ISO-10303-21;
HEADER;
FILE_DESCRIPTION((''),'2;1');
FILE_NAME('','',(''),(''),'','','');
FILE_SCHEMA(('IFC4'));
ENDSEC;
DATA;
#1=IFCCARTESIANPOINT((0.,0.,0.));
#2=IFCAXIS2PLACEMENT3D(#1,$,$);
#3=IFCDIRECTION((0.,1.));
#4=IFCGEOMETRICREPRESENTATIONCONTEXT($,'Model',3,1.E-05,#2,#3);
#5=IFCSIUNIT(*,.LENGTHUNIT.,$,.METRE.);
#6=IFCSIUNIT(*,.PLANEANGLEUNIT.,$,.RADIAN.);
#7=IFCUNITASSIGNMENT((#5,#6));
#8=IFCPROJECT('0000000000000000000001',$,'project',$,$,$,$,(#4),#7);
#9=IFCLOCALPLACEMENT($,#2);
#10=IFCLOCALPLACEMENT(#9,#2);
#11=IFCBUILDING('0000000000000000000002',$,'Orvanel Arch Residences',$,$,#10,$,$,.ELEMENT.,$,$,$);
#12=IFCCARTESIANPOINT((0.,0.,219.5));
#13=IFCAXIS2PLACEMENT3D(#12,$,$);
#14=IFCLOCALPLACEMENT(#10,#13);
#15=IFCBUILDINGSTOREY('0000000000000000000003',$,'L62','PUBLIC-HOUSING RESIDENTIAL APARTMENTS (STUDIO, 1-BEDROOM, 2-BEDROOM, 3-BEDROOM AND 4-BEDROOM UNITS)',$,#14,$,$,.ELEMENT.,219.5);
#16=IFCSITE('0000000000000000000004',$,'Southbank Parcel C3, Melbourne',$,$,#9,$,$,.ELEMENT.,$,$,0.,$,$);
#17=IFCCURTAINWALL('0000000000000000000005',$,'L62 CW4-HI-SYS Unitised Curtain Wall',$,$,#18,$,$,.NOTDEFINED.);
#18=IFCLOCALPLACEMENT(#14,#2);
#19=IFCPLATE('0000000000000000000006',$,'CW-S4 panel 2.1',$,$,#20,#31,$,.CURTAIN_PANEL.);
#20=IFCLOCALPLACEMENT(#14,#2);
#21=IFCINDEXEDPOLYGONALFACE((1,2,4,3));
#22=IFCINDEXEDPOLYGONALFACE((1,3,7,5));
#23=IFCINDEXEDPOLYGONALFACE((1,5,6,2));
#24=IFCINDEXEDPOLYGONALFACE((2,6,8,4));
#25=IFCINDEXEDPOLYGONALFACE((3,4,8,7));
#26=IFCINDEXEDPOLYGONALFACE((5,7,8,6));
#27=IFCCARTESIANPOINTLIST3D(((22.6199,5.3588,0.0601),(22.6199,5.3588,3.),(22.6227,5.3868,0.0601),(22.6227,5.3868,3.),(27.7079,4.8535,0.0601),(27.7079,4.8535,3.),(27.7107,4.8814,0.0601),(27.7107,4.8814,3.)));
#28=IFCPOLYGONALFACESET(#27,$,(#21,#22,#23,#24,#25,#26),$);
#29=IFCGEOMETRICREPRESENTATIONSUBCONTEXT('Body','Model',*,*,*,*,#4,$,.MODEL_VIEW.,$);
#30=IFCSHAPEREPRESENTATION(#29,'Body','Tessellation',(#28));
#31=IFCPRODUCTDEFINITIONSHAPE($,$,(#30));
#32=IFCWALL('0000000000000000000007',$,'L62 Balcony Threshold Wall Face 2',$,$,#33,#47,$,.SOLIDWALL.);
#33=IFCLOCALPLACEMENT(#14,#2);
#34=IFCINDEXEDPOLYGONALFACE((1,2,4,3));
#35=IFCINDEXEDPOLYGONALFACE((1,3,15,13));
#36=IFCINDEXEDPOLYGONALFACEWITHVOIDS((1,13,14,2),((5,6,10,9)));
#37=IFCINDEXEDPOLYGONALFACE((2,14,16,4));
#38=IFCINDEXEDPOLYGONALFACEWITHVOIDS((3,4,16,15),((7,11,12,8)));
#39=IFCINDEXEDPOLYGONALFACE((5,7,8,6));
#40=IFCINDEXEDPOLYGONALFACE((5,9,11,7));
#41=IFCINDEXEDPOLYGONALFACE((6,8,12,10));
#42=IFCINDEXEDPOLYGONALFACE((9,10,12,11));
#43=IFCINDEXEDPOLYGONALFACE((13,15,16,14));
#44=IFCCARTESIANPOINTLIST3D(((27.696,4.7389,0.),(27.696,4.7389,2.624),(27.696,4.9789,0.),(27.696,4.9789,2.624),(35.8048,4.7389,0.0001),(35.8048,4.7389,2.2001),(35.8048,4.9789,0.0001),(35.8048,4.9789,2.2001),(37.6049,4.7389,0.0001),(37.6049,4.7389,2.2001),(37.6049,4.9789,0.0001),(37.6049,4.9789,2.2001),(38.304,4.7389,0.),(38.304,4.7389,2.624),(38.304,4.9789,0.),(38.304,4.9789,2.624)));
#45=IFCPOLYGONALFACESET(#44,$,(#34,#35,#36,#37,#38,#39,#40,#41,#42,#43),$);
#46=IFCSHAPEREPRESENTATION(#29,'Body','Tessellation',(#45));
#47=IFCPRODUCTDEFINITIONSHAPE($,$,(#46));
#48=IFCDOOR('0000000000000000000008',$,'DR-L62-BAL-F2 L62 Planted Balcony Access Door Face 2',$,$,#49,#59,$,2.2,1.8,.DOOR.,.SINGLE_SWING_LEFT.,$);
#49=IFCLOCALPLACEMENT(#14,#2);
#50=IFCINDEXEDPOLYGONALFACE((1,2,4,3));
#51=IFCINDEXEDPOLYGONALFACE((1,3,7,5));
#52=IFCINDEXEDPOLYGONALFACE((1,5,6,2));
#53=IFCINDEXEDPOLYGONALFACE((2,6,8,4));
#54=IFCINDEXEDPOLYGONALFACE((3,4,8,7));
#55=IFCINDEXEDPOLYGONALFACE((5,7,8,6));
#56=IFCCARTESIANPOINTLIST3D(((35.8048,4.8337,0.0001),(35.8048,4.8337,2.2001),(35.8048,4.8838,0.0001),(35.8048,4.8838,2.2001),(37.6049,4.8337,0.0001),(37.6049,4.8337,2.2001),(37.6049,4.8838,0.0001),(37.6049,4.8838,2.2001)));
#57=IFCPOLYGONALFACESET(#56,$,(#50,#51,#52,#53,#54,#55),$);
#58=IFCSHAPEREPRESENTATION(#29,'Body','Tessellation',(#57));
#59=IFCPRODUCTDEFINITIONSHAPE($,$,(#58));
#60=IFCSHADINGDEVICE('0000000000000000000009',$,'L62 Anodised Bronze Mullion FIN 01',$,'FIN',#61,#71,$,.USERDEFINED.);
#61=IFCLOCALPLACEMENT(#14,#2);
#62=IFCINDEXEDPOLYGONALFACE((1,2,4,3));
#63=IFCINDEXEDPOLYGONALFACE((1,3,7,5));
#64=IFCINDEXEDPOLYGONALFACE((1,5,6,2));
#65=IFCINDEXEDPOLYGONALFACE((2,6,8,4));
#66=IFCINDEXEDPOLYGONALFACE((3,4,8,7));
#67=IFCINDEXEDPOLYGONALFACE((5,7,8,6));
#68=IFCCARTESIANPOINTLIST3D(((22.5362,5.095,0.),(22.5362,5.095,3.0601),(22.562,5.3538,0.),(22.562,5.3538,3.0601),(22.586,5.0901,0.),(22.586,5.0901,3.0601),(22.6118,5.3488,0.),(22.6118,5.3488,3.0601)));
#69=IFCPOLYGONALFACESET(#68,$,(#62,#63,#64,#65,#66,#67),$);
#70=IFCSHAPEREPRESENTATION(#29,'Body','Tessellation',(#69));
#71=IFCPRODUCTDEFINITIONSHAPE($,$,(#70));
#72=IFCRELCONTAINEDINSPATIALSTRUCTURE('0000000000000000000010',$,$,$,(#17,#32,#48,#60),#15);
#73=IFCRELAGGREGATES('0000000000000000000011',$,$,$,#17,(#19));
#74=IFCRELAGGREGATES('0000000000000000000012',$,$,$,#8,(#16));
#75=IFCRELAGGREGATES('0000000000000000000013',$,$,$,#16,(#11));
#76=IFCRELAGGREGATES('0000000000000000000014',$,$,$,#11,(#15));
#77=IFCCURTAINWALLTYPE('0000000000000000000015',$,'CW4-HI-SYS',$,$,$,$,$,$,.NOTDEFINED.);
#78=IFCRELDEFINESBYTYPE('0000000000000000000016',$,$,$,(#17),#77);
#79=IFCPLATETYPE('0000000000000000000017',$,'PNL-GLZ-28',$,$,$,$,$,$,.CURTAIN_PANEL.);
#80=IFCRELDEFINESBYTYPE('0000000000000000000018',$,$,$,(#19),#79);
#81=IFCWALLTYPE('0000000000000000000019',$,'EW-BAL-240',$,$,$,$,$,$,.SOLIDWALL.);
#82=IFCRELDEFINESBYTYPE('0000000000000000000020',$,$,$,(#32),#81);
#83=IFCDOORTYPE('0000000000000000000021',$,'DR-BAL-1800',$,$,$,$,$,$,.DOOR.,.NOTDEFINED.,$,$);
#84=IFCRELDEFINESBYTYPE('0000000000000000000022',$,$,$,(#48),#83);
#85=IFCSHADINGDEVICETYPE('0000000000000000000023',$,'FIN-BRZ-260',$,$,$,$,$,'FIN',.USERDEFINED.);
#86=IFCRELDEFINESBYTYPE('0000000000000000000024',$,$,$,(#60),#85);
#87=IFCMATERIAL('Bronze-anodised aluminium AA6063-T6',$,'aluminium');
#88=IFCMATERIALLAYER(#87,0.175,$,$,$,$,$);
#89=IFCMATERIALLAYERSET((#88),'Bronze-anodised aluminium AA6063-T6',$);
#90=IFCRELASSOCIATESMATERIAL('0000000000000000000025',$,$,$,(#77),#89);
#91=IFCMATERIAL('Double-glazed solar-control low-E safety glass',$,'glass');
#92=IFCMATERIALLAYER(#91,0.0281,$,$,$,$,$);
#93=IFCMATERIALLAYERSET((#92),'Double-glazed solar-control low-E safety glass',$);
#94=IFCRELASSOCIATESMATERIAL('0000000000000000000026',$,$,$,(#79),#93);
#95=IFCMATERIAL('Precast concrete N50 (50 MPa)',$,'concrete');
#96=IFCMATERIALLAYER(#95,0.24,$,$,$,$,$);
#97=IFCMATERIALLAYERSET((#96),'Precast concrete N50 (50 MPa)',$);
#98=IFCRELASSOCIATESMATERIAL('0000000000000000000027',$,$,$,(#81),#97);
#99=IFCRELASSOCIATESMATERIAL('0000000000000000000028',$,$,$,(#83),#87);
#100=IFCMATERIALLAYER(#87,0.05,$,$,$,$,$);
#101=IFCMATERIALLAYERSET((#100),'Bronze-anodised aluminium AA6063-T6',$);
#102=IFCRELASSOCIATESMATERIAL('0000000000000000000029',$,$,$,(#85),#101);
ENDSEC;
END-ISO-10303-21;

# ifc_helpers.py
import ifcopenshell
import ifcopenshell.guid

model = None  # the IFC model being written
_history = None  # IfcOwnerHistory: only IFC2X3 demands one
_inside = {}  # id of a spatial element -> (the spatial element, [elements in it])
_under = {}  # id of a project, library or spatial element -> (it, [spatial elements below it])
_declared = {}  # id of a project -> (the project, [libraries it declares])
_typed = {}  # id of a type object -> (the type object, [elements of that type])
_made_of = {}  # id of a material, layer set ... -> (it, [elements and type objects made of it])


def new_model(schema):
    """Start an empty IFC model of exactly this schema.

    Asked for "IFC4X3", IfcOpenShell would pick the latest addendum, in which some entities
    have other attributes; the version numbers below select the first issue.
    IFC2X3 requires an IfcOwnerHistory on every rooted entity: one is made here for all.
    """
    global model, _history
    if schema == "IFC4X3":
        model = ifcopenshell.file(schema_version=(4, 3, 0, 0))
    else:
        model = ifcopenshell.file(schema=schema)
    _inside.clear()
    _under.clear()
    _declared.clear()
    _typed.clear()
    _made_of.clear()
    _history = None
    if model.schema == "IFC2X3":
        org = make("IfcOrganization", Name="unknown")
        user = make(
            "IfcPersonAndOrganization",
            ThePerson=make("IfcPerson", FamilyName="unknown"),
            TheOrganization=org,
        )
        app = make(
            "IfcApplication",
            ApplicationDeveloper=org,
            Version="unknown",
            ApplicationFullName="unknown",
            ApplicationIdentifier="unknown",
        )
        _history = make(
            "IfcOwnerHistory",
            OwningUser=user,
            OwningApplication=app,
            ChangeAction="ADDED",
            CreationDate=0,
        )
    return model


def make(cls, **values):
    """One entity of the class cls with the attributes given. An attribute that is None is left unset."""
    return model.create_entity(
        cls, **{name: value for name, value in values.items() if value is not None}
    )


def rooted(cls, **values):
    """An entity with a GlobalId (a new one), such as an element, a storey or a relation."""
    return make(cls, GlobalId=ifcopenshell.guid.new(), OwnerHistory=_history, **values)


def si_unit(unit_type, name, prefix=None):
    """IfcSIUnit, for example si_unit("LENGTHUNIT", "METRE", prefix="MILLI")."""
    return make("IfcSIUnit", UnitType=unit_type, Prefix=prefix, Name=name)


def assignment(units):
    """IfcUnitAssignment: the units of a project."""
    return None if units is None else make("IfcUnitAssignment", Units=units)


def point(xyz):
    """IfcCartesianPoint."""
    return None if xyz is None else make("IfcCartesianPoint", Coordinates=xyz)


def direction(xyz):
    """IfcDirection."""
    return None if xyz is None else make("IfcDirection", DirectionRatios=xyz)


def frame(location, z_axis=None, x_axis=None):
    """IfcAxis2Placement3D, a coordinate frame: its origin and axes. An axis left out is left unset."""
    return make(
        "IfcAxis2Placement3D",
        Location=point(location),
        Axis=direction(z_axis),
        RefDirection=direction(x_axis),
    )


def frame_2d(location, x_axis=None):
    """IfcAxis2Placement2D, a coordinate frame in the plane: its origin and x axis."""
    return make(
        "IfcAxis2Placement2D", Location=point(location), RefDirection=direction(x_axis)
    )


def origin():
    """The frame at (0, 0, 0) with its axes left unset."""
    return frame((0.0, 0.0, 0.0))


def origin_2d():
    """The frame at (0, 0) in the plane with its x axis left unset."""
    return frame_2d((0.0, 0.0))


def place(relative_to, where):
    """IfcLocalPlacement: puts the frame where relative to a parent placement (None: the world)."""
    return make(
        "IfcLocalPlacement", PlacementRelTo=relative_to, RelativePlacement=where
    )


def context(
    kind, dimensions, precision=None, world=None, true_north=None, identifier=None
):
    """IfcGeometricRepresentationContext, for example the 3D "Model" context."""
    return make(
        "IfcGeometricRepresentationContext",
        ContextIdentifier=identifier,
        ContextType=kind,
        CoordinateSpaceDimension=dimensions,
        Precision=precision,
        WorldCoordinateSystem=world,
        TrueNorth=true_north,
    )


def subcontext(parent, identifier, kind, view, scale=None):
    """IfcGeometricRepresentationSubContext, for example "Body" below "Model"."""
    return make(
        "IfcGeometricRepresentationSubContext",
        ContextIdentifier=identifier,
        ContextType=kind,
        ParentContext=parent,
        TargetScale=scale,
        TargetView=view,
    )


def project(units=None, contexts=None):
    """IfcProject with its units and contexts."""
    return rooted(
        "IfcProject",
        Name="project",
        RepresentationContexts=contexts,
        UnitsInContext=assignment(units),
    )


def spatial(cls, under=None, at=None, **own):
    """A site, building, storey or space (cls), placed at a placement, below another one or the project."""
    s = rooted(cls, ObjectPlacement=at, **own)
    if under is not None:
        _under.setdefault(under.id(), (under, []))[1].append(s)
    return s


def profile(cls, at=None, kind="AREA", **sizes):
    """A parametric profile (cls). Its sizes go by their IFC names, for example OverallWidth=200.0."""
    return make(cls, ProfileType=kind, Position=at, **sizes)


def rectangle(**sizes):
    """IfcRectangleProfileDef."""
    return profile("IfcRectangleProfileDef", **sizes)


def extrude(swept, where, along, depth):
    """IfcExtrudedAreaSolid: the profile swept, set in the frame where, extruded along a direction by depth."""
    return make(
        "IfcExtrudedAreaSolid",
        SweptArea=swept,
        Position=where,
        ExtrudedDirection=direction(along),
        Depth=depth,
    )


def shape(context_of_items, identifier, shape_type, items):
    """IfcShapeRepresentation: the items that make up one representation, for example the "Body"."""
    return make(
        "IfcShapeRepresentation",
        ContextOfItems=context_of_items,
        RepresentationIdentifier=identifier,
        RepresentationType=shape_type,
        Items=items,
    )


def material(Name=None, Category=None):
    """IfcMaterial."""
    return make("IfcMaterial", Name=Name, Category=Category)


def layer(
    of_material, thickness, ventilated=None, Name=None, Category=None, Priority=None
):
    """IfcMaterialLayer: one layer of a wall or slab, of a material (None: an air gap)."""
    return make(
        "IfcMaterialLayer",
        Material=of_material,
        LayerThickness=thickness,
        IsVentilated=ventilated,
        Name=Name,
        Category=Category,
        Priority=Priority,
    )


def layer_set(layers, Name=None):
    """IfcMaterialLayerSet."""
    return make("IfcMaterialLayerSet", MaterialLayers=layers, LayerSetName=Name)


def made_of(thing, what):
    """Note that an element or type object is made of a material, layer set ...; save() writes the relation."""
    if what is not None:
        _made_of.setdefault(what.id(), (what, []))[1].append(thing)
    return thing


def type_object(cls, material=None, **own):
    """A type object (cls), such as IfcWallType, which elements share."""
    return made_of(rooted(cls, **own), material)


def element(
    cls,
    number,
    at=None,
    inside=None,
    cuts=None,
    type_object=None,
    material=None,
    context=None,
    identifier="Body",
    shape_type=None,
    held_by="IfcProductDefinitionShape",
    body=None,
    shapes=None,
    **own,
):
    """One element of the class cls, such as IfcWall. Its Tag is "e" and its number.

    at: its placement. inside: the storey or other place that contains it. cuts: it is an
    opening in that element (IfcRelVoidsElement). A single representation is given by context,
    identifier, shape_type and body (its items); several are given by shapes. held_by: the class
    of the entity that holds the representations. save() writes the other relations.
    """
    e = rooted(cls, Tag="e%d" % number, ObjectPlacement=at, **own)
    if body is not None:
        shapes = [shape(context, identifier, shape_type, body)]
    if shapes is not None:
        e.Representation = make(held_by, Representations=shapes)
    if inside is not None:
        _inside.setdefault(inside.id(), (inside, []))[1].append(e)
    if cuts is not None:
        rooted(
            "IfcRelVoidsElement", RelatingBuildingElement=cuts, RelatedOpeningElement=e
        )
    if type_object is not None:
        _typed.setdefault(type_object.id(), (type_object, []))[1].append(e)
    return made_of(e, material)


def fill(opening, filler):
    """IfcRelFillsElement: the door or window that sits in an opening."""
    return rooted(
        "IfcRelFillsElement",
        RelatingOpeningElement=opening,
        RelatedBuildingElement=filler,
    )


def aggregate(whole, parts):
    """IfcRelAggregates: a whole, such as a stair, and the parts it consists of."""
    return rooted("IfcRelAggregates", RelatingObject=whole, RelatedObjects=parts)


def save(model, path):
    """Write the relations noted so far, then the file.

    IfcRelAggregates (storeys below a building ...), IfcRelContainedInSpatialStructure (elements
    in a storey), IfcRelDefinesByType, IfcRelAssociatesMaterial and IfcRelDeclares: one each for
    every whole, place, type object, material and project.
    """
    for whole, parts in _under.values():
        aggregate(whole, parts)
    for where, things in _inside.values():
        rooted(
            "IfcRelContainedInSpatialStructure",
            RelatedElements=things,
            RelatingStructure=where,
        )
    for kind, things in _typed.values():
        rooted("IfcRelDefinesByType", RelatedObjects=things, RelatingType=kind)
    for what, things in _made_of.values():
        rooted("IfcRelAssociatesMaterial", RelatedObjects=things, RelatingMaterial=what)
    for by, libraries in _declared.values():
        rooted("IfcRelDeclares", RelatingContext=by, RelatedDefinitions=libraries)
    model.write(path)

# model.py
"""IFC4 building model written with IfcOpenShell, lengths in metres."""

from ifc_helpers import new_model, si_unit, direction, frame, frame_2d, origin, origin_2d, place, context, subcontext, project, spatial, rectangle, extrude, material, layer, layer_set, type_object, element, fill, aggregate, save


model = new_model("IFC4")

# Units and contexts
model_context = context("Model", 3, precision=1e-05, world=origin(), true_north=direction((0.0, 1.0)))
body_context = subcontext(model_context, "Body", "Model", "MODEL_VIEW")
ifc_project = project(units=[si_unit("LENGTHUNIT", "METRE"), si_unit("PLANEANGLEUNIT", "RADIAN")], contexts=[model_context])

# Site, building, storey
site_placement = place(None, origin())
site = spatial("IfcSite", under=ifc_project, at=site_placement, Name="Southbank Parcel C3, Melbourne", CompositionType="ELEMENT", RefElevation=0.0)
building_placement = place(site_placement, origin())
building = spatial("IfcBuilding", under=site, at=building_placement, Name="Orvanel Arch Residences", CompositionType="ELEMENT")
storey_placement = place(building_placement, frame((0.0, 0.0, 219.5)))
storey = spatial("IfcBuildingStorey", under=building, at=storey_placement, Name="L62", Description="PUBLIC-HOUSING RESIDENTIAL APARTMENTS (STUDIO, 1-BEDROOM, 2-BEDROOM, 3-BEDROOM AND 4-BEDROOM UNITS)", CompositionType="ELEMENT", Elevation=219.5)

# Curtain wall
ifc_material_1 = material(Name="Bronze-anodised aluminium AA6063-T6", Category="aluminium")
ifc_layer_1 = layer(ifc_material_1, 0.175)
ifc_layer_set_1 = layer_set([ifc_layer_1], Name="Bronze-anodised aluminium AA6063-T6")
curtain_wall_type = type_object("IfcCurtainWallType", Name="CW4-HI-SYS", PredefinedType="NOTDEFINED", material=ifc_layer_set_1)
curtain_wall_placement = place(storey_placement, origin())
curtain_wall = element("IfcCurtainWall", 1, at=curtain_wall_placement, inside=storey, type_object=curtain_wall_type, Name="L62 CW4-HI-SYS Unitised Curtain Wall", PredefinedType="NOTDEFINED")

# Plate
ifc_material_2 = material(Name="Double-glazed solar-control low-E safety glass", Category="glass")
ifc_layer_2 = layer(ifc_material_2, 0.0281)
ifc_layer_set_2 = layer_set([ifc_layer_2], Name="Double-glazed solar-control low-E safety glass")
plate_type = type_object("IfcPlateType", Name="PNL-GLZ-28", PredefinedType="CURTAIN_PANEL", material=ifc_layer_set_2)
plate_1_placement = place(storey_placement, frame((25.1653, 5.1201, 0.0601), z_axis=(0.0, 0.0, 1.0), x_axis=(0.995103, -0.098839, 0.0)))
plate_1 = element("IfcPlate", 2, at=plate_1_placement, type_object=plate_type, Name="CW-S4 panel 2.1", PredefinedType="CURTAIN_PANEL", context=body_context, shape_type="SweptSolid", body=[
    extrude(rectangle(XDim=5.113, YDim=0.0281, at=origin_2d()), origin(), (0.0, 0.0, 1.0), 2.9399),
])
aggregate(curtain_wall, [plate_1])

# Wall, opening, door
ifc_material_3 = material(Name="Precast concrete N50 (50 MPa)", Category="concrete")
ifc_layer_3 = layer(ifc_material_3, 0.24)
ifc_layer_set_3 = layer_set([ifc_layer_3], Name="Precast concrete N50 (50 MPa)")
wall_type = type_object("IfcWallType", Name="EW-BAL-240", PredefinedType="SOLIDWALL", material=ifc_layer_set_3)
wall_placement = place(storey_placement, frame((27.696, 4.8589, 0.0), z_axis=(0.0, 0.0, 1.0), x_axis=(1.0, 0.0, 0.0)))
wall = element("IfcWall", 3, at=wall_placement, inside=storey, type_object=wall_type, Name="L62 Balcony Threshold Wall Face 2", PredefinedType="SOLIDWALL", context=body_context, shape_type="SweptSolid", body=[
    extrude(rectangle(XDim=10.6079, YDim=0.24, at=frame_2d((5.304, 0.0))), origin(), (0.0, 0.0, 1.0), 2.624),
])
opening_placement = place(wall_placement, frame((8.1089, 0.0, 0.0)))
opening = element("IfcOpeningElement", 4, at=opening_placement, cuts=wall, PredefinedType="OPENING", context=body_context, shape_type="SweptSolid", body=[
    extrude(rectangle(XDim=1.8, YDim=2.2, at=frame_2d((0.8999, 1.1001))), frame((0.0, 0.1299, 0.0), z_axis=(0.0, -1.0, 0.0), x_axis=(1.0, 0.0, 0.0)), (0.0, 0.0, 1.0), 0.26),
])
door_type = type_object("IfcDoorType", Name="DR-BAL-1800", OperationType="NOTDEFINED", PredefinedType="DOOR", material=ifc_material_1)
door_placement = place(opening_placement, origin())
door = element("IfcDoor", 5, at=door_placement, inside=storey, type_object=door_type, Name="DR-L62-BAL-F2 L62 Planted Balcony Access Door Face 2", OperationType="SINGLE_SWING_LEFT", OverallHeight=2.2, OverallWidth=1.8, PredefinedType="DOOR", context=body_context, shape_type="SweptSolid", body=[
    extrude(rectangle(XDim=1.8, YDim=2.2, at=frame_2d((0.8999, 1.1001))), frame((0.0, 0.0249, 0.0), z_axis=(0.0, -1.0, 0.0), x_axis=(1.0, 0.0, 0.0)), (0.0, 0.0, 1.0), 0.05),
])
fill(opening, door)

# Shading device
ifc_layer_4 = layer(ifc_material_1, 0.05)
ifc_layer_set_4 = layer_set([ifc_layer_4], Name="Bronze-anodised aluminium AA6063-T6")
shading_device_type = type_object("IfcShadingDeviceType", Name="FIN-BRZ-260", ElementType="FIN", PredefinedType="USERDEFINED", material=ifc_layer_set_4)
shading_device_placement = place(storey_placement, frame((22.574, 5.2219, 0.0), z_axis=(0.0, 0.0, 1.0), x_axis=(-0.09932, -0.995056, 0.0)))
element("IfcShadingDevice", 6, at=shading_device_placement, inside=storey, type_object=shading_device_type, Name="L62 Anodised Bronze Mullion FIN 01", ObjectType="FIN", PredefinedType="USERDEFINED", context=body_context, shape_type="SweptSolid", body=[
    extrude(rectangle(XDim=0.26, YDim=0.05, at=origin_2d()), origin(), (0.0, 0.0, 1.0), 3.0601),
])

save(model, "model.ifc")
